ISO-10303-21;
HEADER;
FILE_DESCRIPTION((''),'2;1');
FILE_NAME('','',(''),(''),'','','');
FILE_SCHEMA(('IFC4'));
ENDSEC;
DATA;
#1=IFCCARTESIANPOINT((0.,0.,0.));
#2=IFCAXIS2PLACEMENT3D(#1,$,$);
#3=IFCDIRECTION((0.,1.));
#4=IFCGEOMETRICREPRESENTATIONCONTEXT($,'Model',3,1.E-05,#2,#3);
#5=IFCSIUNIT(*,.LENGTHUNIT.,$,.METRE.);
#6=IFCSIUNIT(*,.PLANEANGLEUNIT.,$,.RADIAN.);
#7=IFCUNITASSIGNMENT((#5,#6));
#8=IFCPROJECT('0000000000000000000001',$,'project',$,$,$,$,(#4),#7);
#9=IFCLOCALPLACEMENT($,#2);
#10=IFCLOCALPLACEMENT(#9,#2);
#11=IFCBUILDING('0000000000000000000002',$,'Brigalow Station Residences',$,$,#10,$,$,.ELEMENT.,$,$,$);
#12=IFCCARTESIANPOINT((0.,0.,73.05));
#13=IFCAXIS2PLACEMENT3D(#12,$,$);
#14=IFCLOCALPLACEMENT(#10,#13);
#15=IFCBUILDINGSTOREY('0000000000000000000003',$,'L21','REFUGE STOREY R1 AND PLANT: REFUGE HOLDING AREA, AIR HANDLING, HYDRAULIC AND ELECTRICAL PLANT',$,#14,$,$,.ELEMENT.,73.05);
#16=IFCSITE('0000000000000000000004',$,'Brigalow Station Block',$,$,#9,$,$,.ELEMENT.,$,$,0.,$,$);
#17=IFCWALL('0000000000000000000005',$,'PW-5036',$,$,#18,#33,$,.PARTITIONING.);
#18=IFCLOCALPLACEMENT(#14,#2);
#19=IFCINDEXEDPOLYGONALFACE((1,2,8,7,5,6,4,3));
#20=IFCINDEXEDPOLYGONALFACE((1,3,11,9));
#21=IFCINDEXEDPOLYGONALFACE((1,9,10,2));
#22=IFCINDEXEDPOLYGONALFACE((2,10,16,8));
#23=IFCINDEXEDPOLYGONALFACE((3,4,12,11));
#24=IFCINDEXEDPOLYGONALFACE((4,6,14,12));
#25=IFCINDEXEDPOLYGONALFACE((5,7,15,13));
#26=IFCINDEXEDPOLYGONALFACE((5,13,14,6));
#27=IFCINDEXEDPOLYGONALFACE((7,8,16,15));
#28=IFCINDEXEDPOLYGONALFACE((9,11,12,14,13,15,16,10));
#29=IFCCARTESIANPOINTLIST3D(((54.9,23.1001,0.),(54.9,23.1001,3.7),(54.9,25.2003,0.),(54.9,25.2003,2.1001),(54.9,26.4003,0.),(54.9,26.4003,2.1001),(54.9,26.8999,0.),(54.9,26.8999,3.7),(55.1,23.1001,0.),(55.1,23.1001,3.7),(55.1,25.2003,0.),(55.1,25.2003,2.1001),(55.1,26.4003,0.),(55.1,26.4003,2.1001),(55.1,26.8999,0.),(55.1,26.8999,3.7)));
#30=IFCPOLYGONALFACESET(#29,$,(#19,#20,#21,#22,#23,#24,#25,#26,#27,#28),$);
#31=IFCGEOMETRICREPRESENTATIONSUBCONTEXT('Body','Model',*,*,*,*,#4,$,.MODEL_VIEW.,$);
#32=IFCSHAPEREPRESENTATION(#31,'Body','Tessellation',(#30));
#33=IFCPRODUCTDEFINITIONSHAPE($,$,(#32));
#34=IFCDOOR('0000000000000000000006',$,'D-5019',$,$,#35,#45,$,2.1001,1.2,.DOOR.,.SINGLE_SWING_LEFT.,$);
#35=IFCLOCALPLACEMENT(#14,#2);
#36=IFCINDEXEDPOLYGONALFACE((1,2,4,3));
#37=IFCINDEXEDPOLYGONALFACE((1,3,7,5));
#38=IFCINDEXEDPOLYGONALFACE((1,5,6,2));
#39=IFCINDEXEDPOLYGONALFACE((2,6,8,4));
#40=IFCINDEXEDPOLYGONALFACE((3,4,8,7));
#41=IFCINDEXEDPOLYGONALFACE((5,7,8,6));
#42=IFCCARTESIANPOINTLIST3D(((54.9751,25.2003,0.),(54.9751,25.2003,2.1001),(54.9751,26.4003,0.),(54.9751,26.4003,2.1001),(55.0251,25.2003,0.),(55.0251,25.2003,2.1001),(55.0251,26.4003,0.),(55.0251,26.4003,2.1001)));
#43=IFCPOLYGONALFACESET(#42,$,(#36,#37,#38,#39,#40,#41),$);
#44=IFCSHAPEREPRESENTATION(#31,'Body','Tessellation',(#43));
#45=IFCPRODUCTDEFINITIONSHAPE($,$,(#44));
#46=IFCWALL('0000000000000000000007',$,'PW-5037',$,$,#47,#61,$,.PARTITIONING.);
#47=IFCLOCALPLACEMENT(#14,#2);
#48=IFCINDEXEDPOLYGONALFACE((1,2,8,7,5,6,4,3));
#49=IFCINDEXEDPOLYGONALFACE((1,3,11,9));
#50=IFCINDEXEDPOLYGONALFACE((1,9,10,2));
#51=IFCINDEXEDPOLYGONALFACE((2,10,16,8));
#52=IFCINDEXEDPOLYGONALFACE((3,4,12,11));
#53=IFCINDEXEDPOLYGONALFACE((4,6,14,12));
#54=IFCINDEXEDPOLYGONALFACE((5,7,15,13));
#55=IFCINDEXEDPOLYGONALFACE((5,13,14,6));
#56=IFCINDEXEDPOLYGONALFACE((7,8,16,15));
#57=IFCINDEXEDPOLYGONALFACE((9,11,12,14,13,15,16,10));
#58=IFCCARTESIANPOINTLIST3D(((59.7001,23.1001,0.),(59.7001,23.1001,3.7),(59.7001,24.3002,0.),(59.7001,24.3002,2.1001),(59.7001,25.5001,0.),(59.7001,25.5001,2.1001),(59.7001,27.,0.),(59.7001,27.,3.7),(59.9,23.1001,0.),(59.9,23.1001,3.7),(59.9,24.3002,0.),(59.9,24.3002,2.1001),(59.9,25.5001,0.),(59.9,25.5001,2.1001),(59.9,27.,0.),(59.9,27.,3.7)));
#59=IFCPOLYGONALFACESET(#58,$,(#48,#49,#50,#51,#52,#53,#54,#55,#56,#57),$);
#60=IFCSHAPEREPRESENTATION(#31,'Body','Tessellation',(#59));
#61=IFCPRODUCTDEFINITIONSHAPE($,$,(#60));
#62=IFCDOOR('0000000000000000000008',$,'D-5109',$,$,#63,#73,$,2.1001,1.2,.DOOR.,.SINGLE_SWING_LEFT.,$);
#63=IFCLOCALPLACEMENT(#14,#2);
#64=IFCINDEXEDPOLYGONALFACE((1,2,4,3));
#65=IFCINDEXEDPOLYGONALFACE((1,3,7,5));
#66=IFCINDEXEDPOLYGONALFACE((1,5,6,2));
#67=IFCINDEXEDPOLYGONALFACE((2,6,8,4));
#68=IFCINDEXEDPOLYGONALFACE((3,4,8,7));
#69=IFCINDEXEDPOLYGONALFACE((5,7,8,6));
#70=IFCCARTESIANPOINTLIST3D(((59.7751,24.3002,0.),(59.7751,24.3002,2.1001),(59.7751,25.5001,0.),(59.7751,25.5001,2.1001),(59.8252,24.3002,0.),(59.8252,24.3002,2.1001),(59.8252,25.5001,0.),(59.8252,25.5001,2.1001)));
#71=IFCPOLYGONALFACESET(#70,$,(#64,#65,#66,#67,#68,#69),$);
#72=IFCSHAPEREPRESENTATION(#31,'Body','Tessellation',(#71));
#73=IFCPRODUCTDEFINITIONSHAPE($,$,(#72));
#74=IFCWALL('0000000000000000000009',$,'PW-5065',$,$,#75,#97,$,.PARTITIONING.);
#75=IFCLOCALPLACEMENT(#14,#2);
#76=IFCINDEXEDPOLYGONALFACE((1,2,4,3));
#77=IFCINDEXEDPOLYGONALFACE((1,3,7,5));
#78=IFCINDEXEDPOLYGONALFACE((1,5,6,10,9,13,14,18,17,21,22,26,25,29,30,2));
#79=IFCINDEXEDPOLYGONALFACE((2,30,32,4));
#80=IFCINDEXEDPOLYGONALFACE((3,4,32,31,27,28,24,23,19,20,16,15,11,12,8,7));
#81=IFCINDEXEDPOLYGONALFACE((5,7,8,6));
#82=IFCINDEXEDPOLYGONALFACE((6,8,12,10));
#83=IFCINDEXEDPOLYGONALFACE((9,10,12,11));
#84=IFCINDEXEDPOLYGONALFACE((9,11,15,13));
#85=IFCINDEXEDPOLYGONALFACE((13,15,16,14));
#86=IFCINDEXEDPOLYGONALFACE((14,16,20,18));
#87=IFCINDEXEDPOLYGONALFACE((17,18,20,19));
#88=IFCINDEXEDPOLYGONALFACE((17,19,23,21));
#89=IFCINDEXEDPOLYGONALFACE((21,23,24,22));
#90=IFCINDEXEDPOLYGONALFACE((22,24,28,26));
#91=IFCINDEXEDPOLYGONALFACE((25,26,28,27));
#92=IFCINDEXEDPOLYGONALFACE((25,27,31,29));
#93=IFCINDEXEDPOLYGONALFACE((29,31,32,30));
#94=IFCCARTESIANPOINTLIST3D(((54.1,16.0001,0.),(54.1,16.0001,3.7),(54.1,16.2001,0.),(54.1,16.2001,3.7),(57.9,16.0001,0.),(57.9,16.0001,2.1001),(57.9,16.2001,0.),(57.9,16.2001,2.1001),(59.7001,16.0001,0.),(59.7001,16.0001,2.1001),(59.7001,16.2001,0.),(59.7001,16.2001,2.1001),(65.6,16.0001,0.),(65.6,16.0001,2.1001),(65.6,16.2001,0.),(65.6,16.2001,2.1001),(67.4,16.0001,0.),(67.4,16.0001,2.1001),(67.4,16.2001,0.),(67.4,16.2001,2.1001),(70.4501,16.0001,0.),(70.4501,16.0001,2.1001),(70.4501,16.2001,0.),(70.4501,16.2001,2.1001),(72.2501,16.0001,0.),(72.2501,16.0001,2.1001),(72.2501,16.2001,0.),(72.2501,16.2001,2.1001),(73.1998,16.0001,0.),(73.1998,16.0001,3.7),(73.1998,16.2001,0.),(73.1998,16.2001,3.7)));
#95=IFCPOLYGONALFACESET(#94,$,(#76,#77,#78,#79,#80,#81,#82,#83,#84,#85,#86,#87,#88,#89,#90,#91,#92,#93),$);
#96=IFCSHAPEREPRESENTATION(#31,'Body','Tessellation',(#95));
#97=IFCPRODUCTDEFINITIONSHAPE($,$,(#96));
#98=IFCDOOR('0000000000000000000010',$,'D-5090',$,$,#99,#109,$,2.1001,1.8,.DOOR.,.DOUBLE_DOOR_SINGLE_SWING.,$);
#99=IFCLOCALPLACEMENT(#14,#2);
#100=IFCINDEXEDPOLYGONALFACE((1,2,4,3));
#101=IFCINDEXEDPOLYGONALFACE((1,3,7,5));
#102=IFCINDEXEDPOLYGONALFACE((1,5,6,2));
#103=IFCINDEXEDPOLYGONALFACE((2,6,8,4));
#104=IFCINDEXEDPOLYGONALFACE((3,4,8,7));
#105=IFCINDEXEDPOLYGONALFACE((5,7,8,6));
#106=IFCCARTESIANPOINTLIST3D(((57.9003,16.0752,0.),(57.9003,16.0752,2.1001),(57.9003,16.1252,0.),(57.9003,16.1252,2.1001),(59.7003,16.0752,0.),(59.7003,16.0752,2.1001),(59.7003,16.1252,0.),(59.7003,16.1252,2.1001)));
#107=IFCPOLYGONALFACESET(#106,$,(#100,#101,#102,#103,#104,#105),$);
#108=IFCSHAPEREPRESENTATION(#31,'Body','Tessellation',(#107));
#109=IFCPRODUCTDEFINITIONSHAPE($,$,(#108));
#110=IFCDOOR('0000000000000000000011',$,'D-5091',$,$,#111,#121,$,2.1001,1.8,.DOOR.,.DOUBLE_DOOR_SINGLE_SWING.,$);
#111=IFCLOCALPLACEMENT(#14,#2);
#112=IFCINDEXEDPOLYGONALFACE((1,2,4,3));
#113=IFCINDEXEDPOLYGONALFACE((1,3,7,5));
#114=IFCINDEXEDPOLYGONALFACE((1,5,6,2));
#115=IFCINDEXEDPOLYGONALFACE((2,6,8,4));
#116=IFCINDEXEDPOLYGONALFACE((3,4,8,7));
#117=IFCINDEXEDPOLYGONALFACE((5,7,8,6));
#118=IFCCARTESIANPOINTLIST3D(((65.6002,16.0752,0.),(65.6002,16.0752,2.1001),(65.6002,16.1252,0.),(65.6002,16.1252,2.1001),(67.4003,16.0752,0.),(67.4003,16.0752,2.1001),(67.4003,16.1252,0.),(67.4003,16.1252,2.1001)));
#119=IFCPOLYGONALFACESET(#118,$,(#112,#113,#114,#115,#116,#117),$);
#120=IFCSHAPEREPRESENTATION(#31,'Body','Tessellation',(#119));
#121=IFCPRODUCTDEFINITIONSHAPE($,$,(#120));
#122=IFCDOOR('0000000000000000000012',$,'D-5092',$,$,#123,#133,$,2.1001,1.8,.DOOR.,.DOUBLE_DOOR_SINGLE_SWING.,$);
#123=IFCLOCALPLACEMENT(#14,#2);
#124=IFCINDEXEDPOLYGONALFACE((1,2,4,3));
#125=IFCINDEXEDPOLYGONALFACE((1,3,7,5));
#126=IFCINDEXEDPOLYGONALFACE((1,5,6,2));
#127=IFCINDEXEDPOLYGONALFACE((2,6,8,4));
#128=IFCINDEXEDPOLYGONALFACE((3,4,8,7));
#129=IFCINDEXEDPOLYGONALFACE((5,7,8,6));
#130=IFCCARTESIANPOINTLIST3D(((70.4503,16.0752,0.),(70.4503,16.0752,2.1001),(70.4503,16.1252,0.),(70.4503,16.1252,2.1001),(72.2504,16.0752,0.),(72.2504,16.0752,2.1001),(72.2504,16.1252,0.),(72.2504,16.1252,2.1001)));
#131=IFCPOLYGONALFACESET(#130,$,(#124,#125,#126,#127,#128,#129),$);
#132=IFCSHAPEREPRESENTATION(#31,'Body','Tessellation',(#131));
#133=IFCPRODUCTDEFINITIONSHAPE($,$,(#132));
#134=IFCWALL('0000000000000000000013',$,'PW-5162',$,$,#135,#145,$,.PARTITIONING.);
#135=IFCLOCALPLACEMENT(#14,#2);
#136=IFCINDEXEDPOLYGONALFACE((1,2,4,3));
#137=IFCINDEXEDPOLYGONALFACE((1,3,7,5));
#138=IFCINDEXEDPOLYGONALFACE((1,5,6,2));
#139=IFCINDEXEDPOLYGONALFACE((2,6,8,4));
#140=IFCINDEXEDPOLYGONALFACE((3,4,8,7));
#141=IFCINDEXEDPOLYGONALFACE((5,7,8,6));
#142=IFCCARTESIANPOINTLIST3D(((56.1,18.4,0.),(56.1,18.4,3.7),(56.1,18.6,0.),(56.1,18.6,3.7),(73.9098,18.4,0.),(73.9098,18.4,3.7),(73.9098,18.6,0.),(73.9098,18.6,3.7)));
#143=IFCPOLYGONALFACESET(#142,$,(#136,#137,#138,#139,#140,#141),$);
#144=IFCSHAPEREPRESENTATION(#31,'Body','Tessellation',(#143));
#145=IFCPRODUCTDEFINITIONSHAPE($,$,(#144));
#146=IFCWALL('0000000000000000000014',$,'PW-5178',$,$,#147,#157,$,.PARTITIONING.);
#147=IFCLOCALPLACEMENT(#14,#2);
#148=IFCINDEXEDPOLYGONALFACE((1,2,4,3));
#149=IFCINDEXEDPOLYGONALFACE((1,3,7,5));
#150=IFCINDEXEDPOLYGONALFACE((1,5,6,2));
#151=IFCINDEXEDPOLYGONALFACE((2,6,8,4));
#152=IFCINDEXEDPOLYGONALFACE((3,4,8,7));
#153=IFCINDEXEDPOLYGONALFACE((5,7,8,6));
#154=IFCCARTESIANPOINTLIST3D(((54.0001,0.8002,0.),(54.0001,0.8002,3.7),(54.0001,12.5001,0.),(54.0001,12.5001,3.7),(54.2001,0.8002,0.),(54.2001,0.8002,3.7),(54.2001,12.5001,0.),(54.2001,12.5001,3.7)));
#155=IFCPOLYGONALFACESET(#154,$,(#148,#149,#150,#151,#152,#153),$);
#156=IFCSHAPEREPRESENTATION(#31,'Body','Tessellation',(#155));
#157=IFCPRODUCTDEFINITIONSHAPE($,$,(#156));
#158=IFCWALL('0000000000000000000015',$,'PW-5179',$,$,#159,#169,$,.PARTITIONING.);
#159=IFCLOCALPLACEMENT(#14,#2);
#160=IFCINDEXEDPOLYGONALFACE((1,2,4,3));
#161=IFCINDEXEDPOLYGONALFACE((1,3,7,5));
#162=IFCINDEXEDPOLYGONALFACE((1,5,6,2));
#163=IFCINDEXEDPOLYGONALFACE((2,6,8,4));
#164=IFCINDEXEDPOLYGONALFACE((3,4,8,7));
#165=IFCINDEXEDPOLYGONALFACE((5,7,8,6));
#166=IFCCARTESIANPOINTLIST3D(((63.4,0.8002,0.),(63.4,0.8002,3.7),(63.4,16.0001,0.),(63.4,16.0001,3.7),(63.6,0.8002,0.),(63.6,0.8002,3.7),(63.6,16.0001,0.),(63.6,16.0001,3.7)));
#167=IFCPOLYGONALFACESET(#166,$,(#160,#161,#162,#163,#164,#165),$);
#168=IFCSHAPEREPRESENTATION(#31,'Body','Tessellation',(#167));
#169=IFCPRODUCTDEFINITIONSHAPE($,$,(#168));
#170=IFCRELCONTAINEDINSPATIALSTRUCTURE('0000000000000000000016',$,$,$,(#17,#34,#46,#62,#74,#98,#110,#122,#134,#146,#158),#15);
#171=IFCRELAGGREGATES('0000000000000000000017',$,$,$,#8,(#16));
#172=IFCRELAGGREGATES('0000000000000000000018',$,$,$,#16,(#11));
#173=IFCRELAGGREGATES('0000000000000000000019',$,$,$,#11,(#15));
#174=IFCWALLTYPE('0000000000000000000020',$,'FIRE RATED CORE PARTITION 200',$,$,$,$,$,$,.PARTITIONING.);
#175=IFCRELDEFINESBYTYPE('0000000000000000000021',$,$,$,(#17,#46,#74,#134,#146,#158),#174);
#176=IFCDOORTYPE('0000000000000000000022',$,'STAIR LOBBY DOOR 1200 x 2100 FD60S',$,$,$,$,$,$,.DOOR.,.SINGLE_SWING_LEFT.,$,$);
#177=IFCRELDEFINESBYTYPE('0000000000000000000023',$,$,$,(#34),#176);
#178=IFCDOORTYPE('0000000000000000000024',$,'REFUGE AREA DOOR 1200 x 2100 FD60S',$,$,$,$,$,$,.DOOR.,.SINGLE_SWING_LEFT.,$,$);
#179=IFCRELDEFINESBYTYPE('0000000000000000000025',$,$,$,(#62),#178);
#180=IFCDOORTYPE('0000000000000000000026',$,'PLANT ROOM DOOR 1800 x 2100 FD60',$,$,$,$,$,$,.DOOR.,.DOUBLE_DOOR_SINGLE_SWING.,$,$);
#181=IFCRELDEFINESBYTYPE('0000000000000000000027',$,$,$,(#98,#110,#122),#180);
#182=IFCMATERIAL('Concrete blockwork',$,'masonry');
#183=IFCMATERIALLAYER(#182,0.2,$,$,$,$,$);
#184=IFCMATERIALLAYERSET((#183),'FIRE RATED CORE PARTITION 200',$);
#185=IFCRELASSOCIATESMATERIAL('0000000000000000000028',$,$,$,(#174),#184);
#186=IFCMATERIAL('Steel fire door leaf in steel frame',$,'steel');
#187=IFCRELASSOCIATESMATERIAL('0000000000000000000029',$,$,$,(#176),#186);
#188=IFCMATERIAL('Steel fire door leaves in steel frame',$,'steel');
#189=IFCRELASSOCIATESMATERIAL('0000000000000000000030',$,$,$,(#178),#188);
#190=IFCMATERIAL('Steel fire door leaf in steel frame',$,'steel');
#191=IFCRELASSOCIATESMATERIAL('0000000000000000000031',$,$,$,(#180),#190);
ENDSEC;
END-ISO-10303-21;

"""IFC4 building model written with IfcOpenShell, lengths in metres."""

from ifc_helpers import new_model, si_unit, direction, frame, frame_2d, origin, place, context, subcontext, project, spatial, rectangle, extrude, material, layer, layer_set, type_object, element, fill, save


model = new_model("IFC4")

# Units and contexts
model_context = context("Model", 3, precision=1e-05, world=origin(), true_north=direction((0.0, 1.0)))
body_context = subcontext(model_context, "Body", "Model", "MODEL_VIEW")
ifc_project = project(units=[si_unit("LENGTHUNIT", "METRE"), si_unit("PLANEANGLEUNIT", "RADIAN")], contexts=[model_context])

# Site, building, storey
site_placement = place(None, origin())
site = spatial("IfcSite", under=ifc_project, at=site_placement, Name="Brigalow Station Block", CompositionType="ELEMENT", RefElevation=0.0)
building_placement = place(site_placement, origin())
building = spatial("IfcBuilding", under=site, at=building_placement, Name="Brigalow Station Residences", CompositionType="ELEMENT")
storey_placement = place(building_placement, frame((0.0, 0.0, 73.05)))
storey = spatial("IfcBuildingStorey", under=building, at=storey_placement, Name="L21", Description="REFUGE STOREY R1 AND PLANT: REFUGE HOLDING AREA, AIR HANDLING, HYDRAULIC AND ELECTRICAL PLANT", CompositionType="ELEMENT", Elevation=73.05)

# Shared definitions
ifc_material_1 = material(Name="Concrete blockwork", Category="masonry")
ifc_layer_1 = layer(ifc_material_1, 0.2)
ifc_layer_set_1 = layer_set([ifc_layer_1], Name="FIRE RATED CORE PARTITION 200")
wall_type_1 = type_object("IfcWallType", Name="FIRE RATED CORE PARTITION 200", PredefinedType="PARTITIONING", material=ifc_layer_set_1)

# Walls, openings, doors
wall_1_placement = place(storey_placement, frame((55.0, 23.1001, 0.0), z_axis=(0.0, 0.0, 1.0), x_axis=(0.0, 1.0, 0.0)))
wall_1 = element("IfcWall", 1, at=wall_1_placement, inside=storey, type_object=wall_type_1, Name="PW-5036", PredefinedType="PARTITIONING", context=body_context, shape_type="SweptSolid", body=[
    extrude(rectangle(XDim=3.7998, YDim=0.2, at=frame_2d((1.8999, 0.0))), origin(), (0.0, 0.0, 1.0), 3.7),
])
opening_1_placement = place(wall_1_placement, frame((2.1001, 0.0, 0.0)))
opening_1 = element("IfcOpeningElement", 2, at=opening_1_placement, cuts=wall_1, PredefinedType="OPENING", context=body_context, shape_type="SweptSolid", body=[
    extrude(rectangle(XDim=1.2, YDim=2.1001, at=frame_2d((0.6001, 1.05))), frame((0.0, 0.1099, 0.0), z_axis=(0.0, -1.0, 0.0), x_axis=(1.0, 0.0, 0.0)), (0.0, 0.0, 1.0), 0.22),
])
ifc_material_2 = material(Name="Steel fire door leaf in steel frame", Category="steel")
door_type_1 = type_object("IfcDoorType", Name="STAIR LOBBY DOOR 1200 x 2100 FD60S", OperationType="SINGLE_SWING_LEFT", PredefinedType="DOOR", material=ifc_material_2)
door_1_placement = place(opening_1_placement, origin())
door_1 = element("IfcDoor", 3, at=door_1_placement, inside=storey, type_object=door_type_1, Name="D-5019", OperationType="SINGLE_SWING_LEFT", OverallHeight=2.1001, OverallWidth=1.2, PredefinedType="DOOR", context=body_context, shape_type="SweptSolid", body=[
    extrude(rectangle(XDim=1.2, YDim=2.1001, at=frame_2d((0.6001, 1.05))), frame((0.0, 0.0249, 0.0), z_axis=(0.0, -1.0, 0.0), x_axis=(1.0, 0.0, 0.0)), (0.0, 0.0, 1.0), 0.05),
])
fill(opening_1, door_1)
wall_2_placement = place(storey_placement, frame((59.8, 23.1001, 0.0), z_axis=(0.0, 0.0, 1.0), x_axis=(0.0, 1.0, 0.0)))
wall_2 = element("IfcWall", 4, at=wall_2_placement, inside=storey, type_object=wall_type_1, Name="PW-5037", PredefinedType="PARTITIONING", context=body_context, shape_type="SweptSolid", body=[
    extrude(rectangle(XDim=3.8999, YDim=0.2, at=frame_2d((1.95, 0.0))), origin(), (0.0, 0.0, 1.0), 3.7),
])
opening_2_placement = place(wall_2_placement, frame((1.2, 0.0, 0.0)))
opening_2 = element("IfcOpeningElement", 5, at=opening_2_placement, cuts=wall_2, PredefinedType="OPENING", context=body_context, shape_type="SweptSolid", body=[
    extrude(rectangle(XDim=1.2, YDim=2.1001, at=frame_2d((0.6001, 1.05))), frame((0.0, 0.1099, 0.0), z_axis=(0.0, -1.0, 0.0), x_axis=(1.0, 0.0, 0.0)), (0.0, 0.0, 1.0), 0.22),
])
ifc_material_3 = material(Name="Steel fire door leaves in steel frame", Category="steel")
door_type_2 = type_object("IfcDoorType", Name="REFUGE AREA DOOR 1200 x 2100 FD60S", OperationType="SINGLE_SWING_LEFT", PredefinedType="DOOR", material=ifc_material_3)
door_2_placement = place(opening_2_placement, origin())
door_2 = element("IfcDoor", 6, at=door_2_placement, inside=storey, type_object=door_type_2, Name="D-5109", OperationType="SINGLE_SWING_LEFT", OverallHeight=2.1001, OverallWidth=1.2, PredefinedType="DOOR", context=body_context, shape_type="SweptSolid", body=[
    extrude(rectangle(XDim=1.2, YDim=2.1001, at=frame_2d((0.6001, 1.05))), frame((0.0, 0.0249, 0.0), z_axis=(0.0, -1.0, 0.0), x_axis=(1.0, 0.0, 0.0)), (0.0, 0.0, 1.0), 0.05),
])
fill(opening_2, door_2)

# Wall, openings, doors
wall_3_placement = place(storey_placement, frame((54.1001, 16.1001, 0.0), z_axis=(0.0, 0.0, 1.0), x_axis=(1.0, 0.0, 0.0)))
wall_3 = element("IfcWall", 7, at=wall_3_placement, inside=storey, type_object=wall_type_1, Name="PW-5065", PredefinedType="PARTITIONING", context=body_context, shape_type="SweptSolid", body=[
    extrude(rectangle(XDim=19.0999, YDim=0.2, at=frame_2d((9.5498, 0.0))), origin(), (0.0, 0.0, 1.0), 3.7),
])
opening_3_placement = place(wall_3_placement, frame((3.8, 0.0, 0.0)))
opening_3 = element("IfcOpeningElement", 8, at=opening_3_placement, cuts=wall_3, PredefinedType="OPENING", context=body_context, shape_type="SweptSolid", body=[
    extrude(rectangle(XDim=1.8, YDim=2.1001, at=frame_2d((0.8999, 1.05))), frame((0.0, 0.1099, 0.0), z_axis=(0.0, -1.0, 0.0), x_axis=(1.0, 0.0, 0.0)), (0.0, 0.0, 1.0), 0.22),
])
opening_4_placement = place(wall_3_placement, frame((11.5, 0.0, 0.0)))
opening_4 = element("IfcOpeningElement", 9, at=opening_4_placement, cuts=wall_3, PredefinedType="OPENING", context=body_context, shape_type="SweptSolid", body=[
    extrude(rectangle(XDim=1.8, YDim=2.1001, at=frame_2d((0.8999, 1.05))), frame((0.0, 0.1099, 0.0), z_axis=(0.0, -1.0, 0.0), x_axis=(1.0, 0.0, 0.0)), (0.0, 0.0, 1.0), 0.22),
])
opening_5_placement = place(wall_3_placement, frame((16.3501, 0.0, 0.0)))
opening_5 = element("IfcOpeningElement", 10, at=opening_5_placement, cuts=wall_3, PredefinedType="OPENING", context=body_context, shape_type="SweptSolid", body=[
    extrude(rectangle(XDim=1.8, YDim=2.1001, at=frame_2d((0.8999, 1.05))), frame((0.0, 0.1099, 0.0), z_axis=(0.0, -1.0, 0.0), x_axis=(1.0, 0.0, 0.0)), (0.0, 0.0, 1.0), 0.22),
])
ifc_material_4 = material(Name="Steel fire door leaf in steel frame", Category="steel")
door_type_3 = type_object("IfcDoorType", Name="PLANT ROOM DOOR 1800 x 2100 FD60", OperationType="DOUBLE_DOOR_SINGLE_SWING", PredefinedType="DOOR", material=ifc_material_4)
door_3_placement = place(opening_3_placement, frame((1.8, 0.0, 0.0), z_axis=(0.0, 0.0, 1.0), x_axis=(-1.0, 0.0, 0.0)))
door_3 = element("IfcDoor", 11, at=door_3_placement, inside=storey, type_object=door_type_3, Name="D-5090", OperationType="DOUBLE_DOOR_SINGLE_SWING", OverallHeight=2.1001, OverallWidth=1.8, PredefinedType="DOOR", context=body_context, shape_type="SweptSolid", body=[
    extrude(rectangle(XDim=1.8, YDim=2.1001, at=frame_2d((0.8999, 1.05))), frame((0.0, 0.0249, 0.0), z_axis=(0.0, -1.0, 0.0), x_axis=(1.0, 0.0, 0.0)), (0.0, 0.0, 1.0), 0.05),
])
fill(opening_3, door_3)
door_4_placement = place(opening_4_placement, frame((1.8, 0.0, 0.0), z_axis=(0.0, 0.0, 1.0), x_axis=(-1.0, 0.0, 0.0)))
door_4 = element("IfcDoor", 12, at=door_4_placement, inside=storey, type_object=door_type_3, Name="D-5091", OperationType="DOUBLE_DOOR_SINGLE_SWING", OverallHeight=2.1001, OverallWidth=1.8, PredefinedType="DOOR", context=body_context, shape_type="SweptSolid", body=[
    extrude(rectangle(XDim=1.8, YDim=2.1001, at=frame_2d((0.8999, 1.05))), frame((0.0, 0.0249, 0.0), z_axis=(0.0, -1.0, 0.0), x_axis=(1.0, 0.0, 0.0)), (0.0, 0.0, 1.0), 0.05),
])
fill(opening_4, door_4)
door_5_placement = place(opening_5_placement, frame((1.8, 0.0, 0.0), z_axis=(0.0, 0.0, 1.0), x_axis=(-1.0, 0.0, 0.0)))
door_5 = element("IfcDoor", 13, at=door_5_placement, inside=storey, type_object=door_type_3, Name="D-5092", OperationType="DOUBLE_DOOR_SINGLE_SWING", OverallHeight=2.1001, OverallWidth=1.8, PredefinedType="DOOR", context=body_context, shape_type="SweptSolid", body=[
    extrude(rectangle(XDim=1.8, YDim=2.1001, at=frame_2d((0.8999, 1.05))), frame((0.0, 0.0249, 0.0), z_axis=(0.0, -1.0, 0.0), x_axis=(1.0, 0.0, 0.0)), (0.0, 0.0, 1.0), 0.05),
])
fill(opening_5, door_5)

# Walls
wall_4_placement = place(storey_placement, frame((56.1001, 18.5, 0.0), z_axis=(0.0, 0.0, 1.0), x_axis=(1.0, 0.0, 0.0)))
element("IfcWall", 14, at=wall_4_placement, inside=storey, type_object=wall_type_1, Name="PW-5162", PredefinedType="PARTITIONING", context=body_context, shape_type="SweptSolid", body=[
    extrude(rectangle(XDim=17.8098, YDim=0.2, at=frame_2d((8.9048, 0.0))), origin(), (0.0, 0.0, 1.0), 3.7),
])
wall_5_placement = place(storey_placement, frame((54.1001, 0.8, 0.0), z_axis=(0.0, 0.0, 1.0), x_axis=(0.0, 1.0, 0.0)))
element("IfcWall", 15, at=wall_5_placement, inside=storey, type_object=wall_type_1, Name="PW-5178", PredefinedType="PARTITIONING", context=body_context, shape_type="SweptSolid", body=[
    extrude(rectangle(XDim=11.7, YDim=0.2, at=frame_2d((5.8501, 0.0))), origin(), (0.0, 0.0, 1.0), 3.7),
])
wall_6_placement = place(storey_placement, frame((63.5, 0.8, 0.0), z_axis=(0.0, 0.0, 1.0), x_axis=(0.0, 1.0, 0.0)))
element("IfcWall", 16, at=wall_6_placement, inside=storey, type_object=wall_type_1, Name="PW-5179", PredefinedType="PARTITIONING", context=body_context, shape_type="SweptSolid", body=[
    extrude(rectangle(XDim=15.2, YDim=0.2, at=frame_2d((7.6001, 0.0))), origin(), (0.0, 0.0, 1.0), 3.7),
])

save(model, "model.ifc")
